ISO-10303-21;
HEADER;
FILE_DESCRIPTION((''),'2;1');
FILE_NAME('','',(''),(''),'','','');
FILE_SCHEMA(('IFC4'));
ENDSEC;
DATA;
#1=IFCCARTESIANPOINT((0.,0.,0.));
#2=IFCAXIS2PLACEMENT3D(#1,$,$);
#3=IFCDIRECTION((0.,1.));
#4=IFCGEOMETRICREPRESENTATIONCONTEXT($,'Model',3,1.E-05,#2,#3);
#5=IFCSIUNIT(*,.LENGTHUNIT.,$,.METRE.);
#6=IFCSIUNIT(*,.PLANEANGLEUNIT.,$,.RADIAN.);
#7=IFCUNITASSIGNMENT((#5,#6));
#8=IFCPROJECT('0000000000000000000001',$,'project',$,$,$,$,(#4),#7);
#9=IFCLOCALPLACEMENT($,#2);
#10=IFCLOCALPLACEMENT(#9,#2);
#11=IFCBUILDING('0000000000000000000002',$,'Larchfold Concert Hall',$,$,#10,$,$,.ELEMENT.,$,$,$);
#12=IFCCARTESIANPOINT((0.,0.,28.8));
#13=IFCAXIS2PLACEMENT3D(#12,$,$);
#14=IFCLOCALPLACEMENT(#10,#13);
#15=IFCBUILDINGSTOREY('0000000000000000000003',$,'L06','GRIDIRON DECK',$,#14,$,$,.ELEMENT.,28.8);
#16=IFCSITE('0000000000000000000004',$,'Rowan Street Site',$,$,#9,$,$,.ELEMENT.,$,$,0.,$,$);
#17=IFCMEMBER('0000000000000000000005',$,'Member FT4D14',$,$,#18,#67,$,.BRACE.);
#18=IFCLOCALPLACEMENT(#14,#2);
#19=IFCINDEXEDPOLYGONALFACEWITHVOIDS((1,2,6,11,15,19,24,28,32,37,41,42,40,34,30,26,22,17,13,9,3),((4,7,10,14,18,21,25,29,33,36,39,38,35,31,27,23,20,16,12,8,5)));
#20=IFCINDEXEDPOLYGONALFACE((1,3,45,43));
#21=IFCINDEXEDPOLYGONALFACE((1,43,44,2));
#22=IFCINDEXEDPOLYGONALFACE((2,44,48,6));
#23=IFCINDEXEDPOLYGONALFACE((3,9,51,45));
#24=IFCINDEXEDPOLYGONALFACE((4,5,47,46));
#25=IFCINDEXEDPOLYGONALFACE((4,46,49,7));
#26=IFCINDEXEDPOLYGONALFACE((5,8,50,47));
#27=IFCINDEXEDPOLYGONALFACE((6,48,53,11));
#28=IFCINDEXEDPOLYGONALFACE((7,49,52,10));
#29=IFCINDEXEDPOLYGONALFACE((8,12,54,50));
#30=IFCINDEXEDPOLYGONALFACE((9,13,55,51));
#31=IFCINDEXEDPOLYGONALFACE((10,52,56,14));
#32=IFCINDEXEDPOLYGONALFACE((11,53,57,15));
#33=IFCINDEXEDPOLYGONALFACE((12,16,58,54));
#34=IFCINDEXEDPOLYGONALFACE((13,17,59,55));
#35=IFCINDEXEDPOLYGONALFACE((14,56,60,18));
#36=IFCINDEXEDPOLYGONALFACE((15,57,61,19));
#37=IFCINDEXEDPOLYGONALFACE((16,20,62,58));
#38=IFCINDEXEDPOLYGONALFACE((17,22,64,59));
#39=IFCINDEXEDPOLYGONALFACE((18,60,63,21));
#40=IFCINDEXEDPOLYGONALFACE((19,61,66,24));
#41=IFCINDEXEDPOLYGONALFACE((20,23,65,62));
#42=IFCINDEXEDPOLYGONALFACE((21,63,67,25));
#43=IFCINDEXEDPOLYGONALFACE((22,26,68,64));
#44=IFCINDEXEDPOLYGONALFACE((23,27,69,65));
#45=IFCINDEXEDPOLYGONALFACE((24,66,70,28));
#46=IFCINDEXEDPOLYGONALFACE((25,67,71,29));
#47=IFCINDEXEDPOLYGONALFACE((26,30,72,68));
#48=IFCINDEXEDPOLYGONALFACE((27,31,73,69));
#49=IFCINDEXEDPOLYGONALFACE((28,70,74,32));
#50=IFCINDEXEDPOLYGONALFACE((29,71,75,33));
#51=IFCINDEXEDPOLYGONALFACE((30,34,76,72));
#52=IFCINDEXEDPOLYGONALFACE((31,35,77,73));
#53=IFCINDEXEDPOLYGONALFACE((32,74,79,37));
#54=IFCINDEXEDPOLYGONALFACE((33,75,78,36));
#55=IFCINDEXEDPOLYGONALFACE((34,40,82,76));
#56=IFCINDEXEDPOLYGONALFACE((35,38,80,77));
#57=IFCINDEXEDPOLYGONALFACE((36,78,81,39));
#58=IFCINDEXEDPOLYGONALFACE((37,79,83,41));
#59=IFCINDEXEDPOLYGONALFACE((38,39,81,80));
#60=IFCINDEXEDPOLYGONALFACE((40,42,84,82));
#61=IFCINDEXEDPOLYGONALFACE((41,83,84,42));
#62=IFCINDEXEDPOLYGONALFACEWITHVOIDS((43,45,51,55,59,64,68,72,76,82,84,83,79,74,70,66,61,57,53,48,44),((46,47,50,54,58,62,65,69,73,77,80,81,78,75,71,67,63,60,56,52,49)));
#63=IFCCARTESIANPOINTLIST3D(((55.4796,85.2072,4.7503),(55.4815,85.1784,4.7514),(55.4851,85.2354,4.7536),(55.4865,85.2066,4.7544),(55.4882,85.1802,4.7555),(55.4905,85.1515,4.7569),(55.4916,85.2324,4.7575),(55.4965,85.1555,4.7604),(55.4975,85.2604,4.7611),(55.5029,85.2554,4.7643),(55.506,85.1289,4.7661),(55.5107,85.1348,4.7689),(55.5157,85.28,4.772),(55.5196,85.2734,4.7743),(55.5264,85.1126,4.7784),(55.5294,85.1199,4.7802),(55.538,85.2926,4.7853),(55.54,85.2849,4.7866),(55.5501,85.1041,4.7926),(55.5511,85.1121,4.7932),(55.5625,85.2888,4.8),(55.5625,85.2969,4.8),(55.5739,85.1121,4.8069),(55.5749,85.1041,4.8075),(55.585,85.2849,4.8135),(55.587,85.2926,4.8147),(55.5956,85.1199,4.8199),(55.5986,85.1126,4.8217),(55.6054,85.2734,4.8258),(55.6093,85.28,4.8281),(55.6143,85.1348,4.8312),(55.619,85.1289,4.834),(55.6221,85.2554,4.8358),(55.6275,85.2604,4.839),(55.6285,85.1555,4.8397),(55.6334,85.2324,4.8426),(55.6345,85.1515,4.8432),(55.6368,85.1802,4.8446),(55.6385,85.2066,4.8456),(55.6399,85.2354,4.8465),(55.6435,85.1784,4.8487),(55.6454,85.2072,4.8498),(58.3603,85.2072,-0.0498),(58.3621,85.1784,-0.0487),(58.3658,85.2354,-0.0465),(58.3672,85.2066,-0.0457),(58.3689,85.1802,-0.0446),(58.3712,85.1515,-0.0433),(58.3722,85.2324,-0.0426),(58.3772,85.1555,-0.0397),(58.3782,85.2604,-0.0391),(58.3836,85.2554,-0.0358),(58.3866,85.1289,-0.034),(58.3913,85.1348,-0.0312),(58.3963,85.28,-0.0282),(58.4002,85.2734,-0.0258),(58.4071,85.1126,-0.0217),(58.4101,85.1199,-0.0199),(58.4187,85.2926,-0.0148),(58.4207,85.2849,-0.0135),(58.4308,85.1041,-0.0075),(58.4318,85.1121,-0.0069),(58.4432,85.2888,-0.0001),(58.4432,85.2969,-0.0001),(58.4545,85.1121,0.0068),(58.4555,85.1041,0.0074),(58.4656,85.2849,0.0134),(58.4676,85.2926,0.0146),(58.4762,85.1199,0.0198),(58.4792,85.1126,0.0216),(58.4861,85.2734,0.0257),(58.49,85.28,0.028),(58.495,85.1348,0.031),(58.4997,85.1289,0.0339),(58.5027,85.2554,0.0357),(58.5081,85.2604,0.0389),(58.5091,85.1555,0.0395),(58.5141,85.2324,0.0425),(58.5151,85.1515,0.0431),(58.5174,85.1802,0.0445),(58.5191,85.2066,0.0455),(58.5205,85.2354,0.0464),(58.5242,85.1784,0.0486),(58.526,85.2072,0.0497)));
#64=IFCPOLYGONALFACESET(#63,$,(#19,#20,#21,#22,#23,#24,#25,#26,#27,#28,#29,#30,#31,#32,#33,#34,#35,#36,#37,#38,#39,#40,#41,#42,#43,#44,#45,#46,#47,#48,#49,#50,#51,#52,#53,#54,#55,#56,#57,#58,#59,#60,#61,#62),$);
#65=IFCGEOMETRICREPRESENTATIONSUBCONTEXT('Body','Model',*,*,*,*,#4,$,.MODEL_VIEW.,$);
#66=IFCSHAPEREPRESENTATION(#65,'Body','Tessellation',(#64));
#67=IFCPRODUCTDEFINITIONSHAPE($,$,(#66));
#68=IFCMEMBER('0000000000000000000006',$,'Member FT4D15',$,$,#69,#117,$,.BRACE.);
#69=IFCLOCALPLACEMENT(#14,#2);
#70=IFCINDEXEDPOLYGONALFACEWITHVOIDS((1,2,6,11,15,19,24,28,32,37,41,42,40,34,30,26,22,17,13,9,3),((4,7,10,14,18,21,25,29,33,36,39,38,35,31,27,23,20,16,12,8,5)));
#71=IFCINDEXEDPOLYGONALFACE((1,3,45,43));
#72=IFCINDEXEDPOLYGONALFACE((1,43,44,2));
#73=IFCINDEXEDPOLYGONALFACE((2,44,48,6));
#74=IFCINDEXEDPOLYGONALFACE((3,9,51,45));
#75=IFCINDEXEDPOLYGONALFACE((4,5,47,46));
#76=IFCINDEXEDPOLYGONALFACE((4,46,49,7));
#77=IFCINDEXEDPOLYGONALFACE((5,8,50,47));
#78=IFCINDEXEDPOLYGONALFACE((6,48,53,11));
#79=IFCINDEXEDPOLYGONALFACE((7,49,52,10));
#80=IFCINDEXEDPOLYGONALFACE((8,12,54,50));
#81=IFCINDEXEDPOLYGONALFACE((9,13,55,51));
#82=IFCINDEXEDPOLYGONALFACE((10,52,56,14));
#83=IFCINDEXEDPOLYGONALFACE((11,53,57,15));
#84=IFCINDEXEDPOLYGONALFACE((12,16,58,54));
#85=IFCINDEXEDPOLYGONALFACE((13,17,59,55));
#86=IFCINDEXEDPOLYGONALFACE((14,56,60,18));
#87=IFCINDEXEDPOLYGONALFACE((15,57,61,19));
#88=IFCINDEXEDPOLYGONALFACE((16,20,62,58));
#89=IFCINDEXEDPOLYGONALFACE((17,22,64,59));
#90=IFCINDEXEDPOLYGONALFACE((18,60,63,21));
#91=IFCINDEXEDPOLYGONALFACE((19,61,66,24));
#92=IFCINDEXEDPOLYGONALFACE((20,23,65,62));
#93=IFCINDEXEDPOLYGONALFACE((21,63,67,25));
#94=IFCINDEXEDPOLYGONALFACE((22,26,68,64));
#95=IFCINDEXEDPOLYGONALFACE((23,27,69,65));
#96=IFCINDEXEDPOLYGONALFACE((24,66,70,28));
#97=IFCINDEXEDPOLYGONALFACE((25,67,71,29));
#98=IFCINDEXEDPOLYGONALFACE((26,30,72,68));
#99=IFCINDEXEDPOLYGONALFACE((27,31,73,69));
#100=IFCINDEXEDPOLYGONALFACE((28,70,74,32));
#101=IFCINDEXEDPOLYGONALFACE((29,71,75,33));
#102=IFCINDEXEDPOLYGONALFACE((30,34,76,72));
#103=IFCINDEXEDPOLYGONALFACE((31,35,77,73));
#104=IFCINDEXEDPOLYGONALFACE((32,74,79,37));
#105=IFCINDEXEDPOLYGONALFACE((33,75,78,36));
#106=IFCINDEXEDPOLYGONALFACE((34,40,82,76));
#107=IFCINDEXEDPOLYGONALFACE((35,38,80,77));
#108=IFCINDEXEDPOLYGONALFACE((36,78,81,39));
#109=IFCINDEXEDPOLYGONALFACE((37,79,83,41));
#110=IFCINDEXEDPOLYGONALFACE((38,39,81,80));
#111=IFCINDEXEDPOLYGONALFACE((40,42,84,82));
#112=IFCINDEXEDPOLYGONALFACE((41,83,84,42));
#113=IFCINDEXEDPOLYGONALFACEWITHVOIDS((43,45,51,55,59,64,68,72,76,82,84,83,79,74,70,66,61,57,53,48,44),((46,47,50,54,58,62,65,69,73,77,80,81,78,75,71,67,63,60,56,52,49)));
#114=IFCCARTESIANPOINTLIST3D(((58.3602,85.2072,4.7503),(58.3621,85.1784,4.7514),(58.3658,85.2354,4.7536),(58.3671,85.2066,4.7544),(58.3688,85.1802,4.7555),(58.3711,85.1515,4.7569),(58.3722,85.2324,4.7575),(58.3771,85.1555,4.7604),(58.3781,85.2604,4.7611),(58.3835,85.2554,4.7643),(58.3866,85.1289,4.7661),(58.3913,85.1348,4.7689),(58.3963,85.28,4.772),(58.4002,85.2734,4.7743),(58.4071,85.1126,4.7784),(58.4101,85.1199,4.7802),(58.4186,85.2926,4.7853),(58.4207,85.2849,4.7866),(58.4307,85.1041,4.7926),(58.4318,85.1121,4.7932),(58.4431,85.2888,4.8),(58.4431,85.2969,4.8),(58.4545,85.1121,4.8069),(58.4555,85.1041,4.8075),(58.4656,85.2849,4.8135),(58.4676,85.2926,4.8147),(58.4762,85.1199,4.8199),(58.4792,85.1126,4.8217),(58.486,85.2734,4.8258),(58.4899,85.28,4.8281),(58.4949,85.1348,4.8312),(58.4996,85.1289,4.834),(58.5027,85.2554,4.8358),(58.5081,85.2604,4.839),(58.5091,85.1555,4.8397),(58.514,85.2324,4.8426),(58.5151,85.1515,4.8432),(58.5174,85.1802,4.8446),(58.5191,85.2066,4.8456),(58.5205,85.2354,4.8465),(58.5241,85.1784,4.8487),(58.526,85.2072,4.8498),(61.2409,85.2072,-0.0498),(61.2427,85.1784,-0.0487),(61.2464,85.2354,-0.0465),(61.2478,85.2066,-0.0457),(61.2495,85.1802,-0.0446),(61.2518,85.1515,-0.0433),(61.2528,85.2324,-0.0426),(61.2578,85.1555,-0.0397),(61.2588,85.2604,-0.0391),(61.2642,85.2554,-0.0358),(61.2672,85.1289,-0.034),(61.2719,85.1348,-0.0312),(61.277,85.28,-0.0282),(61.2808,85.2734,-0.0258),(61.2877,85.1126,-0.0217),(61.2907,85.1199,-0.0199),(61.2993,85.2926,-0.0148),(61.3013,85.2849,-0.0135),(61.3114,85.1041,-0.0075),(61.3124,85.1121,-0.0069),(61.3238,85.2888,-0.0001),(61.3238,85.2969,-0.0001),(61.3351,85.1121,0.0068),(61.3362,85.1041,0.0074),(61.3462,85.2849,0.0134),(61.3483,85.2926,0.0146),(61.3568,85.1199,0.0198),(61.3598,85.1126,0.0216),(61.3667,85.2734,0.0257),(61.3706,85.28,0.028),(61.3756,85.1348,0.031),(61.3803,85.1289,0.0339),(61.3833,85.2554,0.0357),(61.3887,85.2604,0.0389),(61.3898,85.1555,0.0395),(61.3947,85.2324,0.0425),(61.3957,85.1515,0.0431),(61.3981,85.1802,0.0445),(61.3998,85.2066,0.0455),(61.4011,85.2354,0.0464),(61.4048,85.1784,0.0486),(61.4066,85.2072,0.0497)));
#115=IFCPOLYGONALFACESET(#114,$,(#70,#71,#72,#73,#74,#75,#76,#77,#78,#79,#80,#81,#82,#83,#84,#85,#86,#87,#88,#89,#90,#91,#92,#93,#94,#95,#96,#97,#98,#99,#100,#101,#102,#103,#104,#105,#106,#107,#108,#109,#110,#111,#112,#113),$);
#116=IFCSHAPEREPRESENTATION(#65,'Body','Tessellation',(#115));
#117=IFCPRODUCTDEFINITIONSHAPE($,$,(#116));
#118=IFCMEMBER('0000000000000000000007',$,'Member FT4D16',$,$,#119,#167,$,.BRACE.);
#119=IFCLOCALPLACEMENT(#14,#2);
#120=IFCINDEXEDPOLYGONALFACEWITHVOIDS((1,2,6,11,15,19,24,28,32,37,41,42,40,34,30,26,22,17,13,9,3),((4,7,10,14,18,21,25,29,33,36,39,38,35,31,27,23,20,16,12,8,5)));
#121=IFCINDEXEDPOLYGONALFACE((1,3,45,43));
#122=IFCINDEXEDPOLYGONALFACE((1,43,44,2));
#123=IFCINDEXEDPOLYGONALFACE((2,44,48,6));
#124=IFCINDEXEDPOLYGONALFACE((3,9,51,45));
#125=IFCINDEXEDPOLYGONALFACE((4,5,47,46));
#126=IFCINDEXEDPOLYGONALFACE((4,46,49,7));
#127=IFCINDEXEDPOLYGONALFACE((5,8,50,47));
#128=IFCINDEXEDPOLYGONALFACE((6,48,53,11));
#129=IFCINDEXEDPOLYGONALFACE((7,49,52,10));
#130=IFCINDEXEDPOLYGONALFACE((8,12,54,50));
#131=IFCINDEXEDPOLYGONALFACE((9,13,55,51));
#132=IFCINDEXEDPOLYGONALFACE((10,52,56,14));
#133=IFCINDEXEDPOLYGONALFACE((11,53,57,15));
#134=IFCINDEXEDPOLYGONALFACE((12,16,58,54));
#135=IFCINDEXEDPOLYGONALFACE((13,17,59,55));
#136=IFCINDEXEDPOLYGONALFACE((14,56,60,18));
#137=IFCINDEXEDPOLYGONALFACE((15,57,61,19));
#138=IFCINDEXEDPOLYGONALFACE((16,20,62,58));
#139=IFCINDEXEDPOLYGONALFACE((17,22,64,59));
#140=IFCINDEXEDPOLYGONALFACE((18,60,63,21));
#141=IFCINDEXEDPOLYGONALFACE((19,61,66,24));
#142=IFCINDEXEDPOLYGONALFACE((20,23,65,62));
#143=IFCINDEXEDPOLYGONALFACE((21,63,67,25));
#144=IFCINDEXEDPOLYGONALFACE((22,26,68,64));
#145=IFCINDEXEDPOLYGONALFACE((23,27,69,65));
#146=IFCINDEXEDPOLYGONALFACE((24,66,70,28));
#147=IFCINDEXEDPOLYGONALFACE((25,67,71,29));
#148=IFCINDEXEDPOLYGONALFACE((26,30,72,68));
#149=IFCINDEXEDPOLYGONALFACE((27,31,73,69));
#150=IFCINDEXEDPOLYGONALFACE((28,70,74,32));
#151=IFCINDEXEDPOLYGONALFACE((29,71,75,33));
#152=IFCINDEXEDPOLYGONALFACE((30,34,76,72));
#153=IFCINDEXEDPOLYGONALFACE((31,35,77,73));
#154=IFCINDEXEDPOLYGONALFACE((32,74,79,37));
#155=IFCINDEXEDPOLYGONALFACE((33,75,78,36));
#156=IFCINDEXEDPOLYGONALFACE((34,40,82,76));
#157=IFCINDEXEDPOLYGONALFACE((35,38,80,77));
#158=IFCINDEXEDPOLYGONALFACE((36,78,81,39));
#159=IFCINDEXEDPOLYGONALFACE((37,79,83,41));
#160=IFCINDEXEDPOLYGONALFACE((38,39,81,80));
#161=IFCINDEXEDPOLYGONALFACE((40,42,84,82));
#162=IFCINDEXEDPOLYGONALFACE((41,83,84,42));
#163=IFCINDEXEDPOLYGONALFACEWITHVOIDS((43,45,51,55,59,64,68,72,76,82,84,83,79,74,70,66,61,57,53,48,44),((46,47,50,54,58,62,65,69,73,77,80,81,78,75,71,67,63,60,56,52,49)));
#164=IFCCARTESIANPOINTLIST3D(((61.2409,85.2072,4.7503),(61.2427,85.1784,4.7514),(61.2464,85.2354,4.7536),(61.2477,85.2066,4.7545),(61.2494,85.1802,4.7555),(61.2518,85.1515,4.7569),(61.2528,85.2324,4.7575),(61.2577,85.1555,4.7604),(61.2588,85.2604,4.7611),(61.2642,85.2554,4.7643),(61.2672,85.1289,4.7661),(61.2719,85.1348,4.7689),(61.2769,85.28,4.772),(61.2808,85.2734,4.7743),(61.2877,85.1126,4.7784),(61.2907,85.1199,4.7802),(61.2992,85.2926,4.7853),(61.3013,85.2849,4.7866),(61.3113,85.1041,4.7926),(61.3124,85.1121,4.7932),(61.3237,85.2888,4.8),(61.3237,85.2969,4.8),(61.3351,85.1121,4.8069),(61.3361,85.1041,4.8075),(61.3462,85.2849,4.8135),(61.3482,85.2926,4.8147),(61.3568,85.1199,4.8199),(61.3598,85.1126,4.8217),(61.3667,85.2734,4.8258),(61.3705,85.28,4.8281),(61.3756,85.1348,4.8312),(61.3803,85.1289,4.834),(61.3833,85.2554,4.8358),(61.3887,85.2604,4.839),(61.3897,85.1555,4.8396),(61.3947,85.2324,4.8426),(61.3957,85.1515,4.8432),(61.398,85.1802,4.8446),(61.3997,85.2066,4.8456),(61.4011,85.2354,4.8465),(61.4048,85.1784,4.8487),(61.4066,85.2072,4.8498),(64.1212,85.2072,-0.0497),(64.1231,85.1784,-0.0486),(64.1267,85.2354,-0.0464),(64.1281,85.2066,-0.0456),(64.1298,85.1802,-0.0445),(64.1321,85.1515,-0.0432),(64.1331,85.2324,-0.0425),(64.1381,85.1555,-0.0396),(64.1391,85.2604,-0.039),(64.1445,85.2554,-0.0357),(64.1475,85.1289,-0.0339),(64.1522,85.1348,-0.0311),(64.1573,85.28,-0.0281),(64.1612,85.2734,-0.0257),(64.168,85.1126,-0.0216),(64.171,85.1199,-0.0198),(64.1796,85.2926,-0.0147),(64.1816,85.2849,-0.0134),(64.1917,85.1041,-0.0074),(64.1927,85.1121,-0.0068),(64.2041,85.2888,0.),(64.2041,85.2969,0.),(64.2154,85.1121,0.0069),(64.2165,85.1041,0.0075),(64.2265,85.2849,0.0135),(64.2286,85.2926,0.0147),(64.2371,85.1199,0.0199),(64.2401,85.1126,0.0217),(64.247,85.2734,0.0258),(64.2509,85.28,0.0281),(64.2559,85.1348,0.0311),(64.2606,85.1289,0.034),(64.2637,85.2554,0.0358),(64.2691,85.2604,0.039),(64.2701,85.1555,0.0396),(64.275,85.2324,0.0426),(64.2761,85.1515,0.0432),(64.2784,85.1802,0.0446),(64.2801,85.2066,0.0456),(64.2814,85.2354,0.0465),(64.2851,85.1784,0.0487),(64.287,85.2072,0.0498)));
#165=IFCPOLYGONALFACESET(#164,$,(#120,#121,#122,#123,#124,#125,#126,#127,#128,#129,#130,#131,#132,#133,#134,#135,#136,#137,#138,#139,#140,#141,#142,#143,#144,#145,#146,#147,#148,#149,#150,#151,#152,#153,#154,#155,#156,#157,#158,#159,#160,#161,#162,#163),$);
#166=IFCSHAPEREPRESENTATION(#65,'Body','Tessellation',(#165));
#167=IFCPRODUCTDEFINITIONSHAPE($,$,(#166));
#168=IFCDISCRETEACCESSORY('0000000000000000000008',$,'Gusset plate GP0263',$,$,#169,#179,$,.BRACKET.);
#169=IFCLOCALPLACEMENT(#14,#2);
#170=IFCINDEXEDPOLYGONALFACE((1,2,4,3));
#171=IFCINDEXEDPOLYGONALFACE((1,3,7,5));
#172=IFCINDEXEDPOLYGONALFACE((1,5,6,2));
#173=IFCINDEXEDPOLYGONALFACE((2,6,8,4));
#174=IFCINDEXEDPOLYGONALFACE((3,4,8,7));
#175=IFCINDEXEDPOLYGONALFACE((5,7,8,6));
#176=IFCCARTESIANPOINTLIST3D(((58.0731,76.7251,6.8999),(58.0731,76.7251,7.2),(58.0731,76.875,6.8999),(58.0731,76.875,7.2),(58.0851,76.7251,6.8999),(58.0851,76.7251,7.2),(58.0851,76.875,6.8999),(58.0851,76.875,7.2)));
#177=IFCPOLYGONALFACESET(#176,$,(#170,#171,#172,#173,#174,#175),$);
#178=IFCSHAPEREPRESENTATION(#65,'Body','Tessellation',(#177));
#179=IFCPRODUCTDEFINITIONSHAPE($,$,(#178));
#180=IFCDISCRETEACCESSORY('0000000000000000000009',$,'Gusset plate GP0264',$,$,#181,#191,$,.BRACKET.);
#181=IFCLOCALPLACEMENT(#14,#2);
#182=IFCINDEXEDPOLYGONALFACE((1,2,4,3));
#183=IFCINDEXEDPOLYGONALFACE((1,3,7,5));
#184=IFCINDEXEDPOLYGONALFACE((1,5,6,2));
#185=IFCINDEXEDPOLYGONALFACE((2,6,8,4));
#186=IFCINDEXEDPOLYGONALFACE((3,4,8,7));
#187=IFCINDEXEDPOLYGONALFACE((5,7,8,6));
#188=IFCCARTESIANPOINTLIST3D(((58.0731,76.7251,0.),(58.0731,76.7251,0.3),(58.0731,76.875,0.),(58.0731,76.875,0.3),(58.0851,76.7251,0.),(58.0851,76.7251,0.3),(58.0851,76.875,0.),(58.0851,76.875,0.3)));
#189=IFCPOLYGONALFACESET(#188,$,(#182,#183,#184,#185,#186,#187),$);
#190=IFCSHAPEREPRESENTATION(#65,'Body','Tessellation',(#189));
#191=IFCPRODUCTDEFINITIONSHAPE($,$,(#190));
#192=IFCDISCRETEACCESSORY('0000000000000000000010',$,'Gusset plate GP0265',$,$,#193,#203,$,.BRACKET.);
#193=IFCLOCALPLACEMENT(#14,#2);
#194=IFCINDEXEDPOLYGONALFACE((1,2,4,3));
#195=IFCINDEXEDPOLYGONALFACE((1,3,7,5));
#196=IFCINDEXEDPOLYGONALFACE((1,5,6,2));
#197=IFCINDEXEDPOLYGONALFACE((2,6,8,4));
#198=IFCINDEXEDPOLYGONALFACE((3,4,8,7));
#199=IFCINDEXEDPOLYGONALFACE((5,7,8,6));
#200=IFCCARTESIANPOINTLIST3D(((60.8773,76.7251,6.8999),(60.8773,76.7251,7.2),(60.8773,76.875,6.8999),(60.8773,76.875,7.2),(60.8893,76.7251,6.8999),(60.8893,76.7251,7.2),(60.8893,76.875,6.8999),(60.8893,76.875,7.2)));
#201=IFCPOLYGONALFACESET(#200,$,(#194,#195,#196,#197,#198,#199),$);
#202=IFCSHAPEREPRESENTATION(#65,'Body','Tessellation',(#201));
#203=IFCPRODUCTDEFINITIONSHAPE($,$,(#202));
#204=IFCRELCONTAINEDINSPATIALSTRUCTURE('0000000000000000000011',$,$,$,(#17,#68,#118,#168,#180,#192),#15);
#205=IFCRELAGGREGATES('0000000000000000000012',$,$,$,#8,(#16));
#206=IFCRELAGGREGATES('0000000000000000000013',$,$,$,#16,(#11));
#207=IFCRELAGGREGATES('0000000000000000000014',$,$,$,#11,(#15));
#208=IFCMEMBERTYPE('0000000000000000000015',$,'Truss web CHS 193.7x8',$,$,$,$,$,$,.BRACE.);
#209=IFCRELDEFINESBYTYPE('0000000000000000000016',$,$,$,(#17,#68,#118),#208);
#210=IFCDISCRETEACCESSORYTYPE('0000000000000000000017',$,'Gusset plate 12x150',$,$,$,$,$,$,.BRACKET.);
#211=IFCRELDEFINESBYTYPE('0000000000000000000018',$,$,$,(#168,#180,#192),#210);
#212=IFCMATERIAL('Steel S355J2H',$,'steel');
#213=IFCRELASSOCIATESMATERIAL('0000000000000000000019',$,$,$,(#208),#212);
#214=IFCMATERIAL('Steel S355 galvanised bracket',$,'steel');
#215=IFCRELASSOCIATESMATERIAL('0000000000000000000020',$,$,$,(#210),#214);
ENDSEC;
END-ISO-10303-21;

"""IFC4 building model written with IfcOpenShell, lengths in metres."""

from ifc_helpers import new_model, si_unit, direction, frame, origin, origin_2d, place, context, subcontext, project, spatial, rectangle, hollow_circle, extrude, material, material_profile, profile_set, type_object, element, save


model = new_model("IFC4")

# Units and contexts
model_context = context("Model", 3, precision=1e-05, world=origin(), true_north=direction((0.0, 1.0)))
body_context = subcontext(model_context, "Body", "Model", "MODEL_VIEW")
ifc_project = project(units=[si_unit("LENGTHUNIT", "METRE"), si_unit("PLANEANGLEUNIT", "RADIAN")], contexts=[model_context])

# Site, building, storey
site_placement = place(None, origin())
site = spatial("IfcSite", under=ifc_project, at=site_placement, Name="Rowan Street Site", CompositionType="ELEMENT", RefElevation=0.0)
building_placement = place(site_placement, origin())
building = spatial("IfcBuilding", under=site, at=building_placement, Name="Larchfold Concert Hall", CompositionType="ELEMENT")
storey_placement = place(building_placement, frame((0.0, 0.0, 28.8)))
storey = spatial("IfcBuildingStorey", under=building, at=storey_placement, Name="L06", Description="GRIDIRON DECK", CompositionType="ELEMENT", Elevation=28.8)

# Members
ifc_material_1 = material(Name="Steel S355J2H", Category="steel")
ifc_material_profile_1 = material_profile(ifc_material_1, hollow_circle(Radius=0.0969, WallThickness=0.0081, at=origin_2d()))
ifc_profile_set_1 = profile_set([ifc_material_profile_1], Name="Steel S355J2H")
member_type_1 = type_object("IfcMemberType", Name="Truss web CHS 193.7x8", PredefinedType="BRACE", material=ifc_profile_set_1)
for number, where, z_axis, x_axis, name in (
    (1, (55.5625, 85.2, 4.8), (0.514573, 0.0, -0.857447), (0.0, 1.0, 0.0), "Member FT4D14"),
    (2, (58.4431, 85.2, 4.8), (0.514573, 0.0, -0.857447), (0.0, 1.0, 0.0), "Member FT4D15"),
):
    element("IfcMember", number, at=place(storey_placement, frame(where, z_axis=z_axis, x_axis=x_axis)), inside=storey, type_object=member_type_1, Name=name, PredefinedType="BRACE", context=body_context, shape_type="SweptSolid", body=[
        extrude(hollow_circle(Radius=0.0969, WallThickness=0.0081, at=origin_2d()), origin(), (0.0, 0.0, 1.0), 5.5981),
    ])
member_placement = place(storey_placement, frame((61.3237, 85.2, 4.8), z_axis=(0.514541, 0.0, -0.857466), x_axis=(0.0, 1.0, 0.0)))
element("IfcMember", 3, at=member_placement, inside=storey, type_object=member_type_1, Name="Member FT4D16", PredefinedType="BRACE", context=body_context, shape_type="SweptSolid", body=[
    extrude(hollow_circle(Radius=0.0969, WallThickness=0.0081, at=origin_2d()), origin(), (0.0, 0.0, 1.0), 5.5979),
])

# Discrete accessories
ifc_material_2 = material(Name="Steel S355 galvanised bracket", Category="steel")
ifc_material_profile_2 = material_profile(ifc_material_2, rectangle(XDim=0.012, YDim=0.1499, at=origin_2d()))
ifc_profile_set_2 = profile_set([ifc_material_profile_2], Name="Steel S355 galvanised bracket")
discrete_accessory_type_1 = type_object("IfcDiscreteAccessoryType", Name="Gusset plate 12x150", PredefinedType="BRACKET", material=ifc_profile_set_2)
for number, where, z_axis, x_axis, name in (
    (4, (58.0791, 76.8, 7.2), (0.0, 0.0, -1.0), (1.0, 0.0, 0.0), "Gusset plate GP0263"),
    (5, (58.0791, 76.8, 0.3), (0.0, 0.0, -1.0), (1.0, 0.0, 0.0), "Gusset plate GP0264"),
    (6, (60.8833, 76.8, 7.2), (0.0, 0.0, -1.0), (1.0, 0.0, 0.0), "Gusset plate GP0265"),
):
    element("IfcDiscreteAccessory", number, at=place(storey_placement, frame(where, z_axis=z_axis, x_axis=x_axis)), inside=storey, type_object=discrete_accessory_type_1, Name=name, PredefinedType="BRACKET", context=body_context, shape_type="SweptSolid", body=[
        extrude(rectangle(XDim=0.012, YDim=0.1499, at=origin_2d()), origin(), (0.0, 0.0, 1.0), 0.3),
    ])

save(model, "model.ifc")
